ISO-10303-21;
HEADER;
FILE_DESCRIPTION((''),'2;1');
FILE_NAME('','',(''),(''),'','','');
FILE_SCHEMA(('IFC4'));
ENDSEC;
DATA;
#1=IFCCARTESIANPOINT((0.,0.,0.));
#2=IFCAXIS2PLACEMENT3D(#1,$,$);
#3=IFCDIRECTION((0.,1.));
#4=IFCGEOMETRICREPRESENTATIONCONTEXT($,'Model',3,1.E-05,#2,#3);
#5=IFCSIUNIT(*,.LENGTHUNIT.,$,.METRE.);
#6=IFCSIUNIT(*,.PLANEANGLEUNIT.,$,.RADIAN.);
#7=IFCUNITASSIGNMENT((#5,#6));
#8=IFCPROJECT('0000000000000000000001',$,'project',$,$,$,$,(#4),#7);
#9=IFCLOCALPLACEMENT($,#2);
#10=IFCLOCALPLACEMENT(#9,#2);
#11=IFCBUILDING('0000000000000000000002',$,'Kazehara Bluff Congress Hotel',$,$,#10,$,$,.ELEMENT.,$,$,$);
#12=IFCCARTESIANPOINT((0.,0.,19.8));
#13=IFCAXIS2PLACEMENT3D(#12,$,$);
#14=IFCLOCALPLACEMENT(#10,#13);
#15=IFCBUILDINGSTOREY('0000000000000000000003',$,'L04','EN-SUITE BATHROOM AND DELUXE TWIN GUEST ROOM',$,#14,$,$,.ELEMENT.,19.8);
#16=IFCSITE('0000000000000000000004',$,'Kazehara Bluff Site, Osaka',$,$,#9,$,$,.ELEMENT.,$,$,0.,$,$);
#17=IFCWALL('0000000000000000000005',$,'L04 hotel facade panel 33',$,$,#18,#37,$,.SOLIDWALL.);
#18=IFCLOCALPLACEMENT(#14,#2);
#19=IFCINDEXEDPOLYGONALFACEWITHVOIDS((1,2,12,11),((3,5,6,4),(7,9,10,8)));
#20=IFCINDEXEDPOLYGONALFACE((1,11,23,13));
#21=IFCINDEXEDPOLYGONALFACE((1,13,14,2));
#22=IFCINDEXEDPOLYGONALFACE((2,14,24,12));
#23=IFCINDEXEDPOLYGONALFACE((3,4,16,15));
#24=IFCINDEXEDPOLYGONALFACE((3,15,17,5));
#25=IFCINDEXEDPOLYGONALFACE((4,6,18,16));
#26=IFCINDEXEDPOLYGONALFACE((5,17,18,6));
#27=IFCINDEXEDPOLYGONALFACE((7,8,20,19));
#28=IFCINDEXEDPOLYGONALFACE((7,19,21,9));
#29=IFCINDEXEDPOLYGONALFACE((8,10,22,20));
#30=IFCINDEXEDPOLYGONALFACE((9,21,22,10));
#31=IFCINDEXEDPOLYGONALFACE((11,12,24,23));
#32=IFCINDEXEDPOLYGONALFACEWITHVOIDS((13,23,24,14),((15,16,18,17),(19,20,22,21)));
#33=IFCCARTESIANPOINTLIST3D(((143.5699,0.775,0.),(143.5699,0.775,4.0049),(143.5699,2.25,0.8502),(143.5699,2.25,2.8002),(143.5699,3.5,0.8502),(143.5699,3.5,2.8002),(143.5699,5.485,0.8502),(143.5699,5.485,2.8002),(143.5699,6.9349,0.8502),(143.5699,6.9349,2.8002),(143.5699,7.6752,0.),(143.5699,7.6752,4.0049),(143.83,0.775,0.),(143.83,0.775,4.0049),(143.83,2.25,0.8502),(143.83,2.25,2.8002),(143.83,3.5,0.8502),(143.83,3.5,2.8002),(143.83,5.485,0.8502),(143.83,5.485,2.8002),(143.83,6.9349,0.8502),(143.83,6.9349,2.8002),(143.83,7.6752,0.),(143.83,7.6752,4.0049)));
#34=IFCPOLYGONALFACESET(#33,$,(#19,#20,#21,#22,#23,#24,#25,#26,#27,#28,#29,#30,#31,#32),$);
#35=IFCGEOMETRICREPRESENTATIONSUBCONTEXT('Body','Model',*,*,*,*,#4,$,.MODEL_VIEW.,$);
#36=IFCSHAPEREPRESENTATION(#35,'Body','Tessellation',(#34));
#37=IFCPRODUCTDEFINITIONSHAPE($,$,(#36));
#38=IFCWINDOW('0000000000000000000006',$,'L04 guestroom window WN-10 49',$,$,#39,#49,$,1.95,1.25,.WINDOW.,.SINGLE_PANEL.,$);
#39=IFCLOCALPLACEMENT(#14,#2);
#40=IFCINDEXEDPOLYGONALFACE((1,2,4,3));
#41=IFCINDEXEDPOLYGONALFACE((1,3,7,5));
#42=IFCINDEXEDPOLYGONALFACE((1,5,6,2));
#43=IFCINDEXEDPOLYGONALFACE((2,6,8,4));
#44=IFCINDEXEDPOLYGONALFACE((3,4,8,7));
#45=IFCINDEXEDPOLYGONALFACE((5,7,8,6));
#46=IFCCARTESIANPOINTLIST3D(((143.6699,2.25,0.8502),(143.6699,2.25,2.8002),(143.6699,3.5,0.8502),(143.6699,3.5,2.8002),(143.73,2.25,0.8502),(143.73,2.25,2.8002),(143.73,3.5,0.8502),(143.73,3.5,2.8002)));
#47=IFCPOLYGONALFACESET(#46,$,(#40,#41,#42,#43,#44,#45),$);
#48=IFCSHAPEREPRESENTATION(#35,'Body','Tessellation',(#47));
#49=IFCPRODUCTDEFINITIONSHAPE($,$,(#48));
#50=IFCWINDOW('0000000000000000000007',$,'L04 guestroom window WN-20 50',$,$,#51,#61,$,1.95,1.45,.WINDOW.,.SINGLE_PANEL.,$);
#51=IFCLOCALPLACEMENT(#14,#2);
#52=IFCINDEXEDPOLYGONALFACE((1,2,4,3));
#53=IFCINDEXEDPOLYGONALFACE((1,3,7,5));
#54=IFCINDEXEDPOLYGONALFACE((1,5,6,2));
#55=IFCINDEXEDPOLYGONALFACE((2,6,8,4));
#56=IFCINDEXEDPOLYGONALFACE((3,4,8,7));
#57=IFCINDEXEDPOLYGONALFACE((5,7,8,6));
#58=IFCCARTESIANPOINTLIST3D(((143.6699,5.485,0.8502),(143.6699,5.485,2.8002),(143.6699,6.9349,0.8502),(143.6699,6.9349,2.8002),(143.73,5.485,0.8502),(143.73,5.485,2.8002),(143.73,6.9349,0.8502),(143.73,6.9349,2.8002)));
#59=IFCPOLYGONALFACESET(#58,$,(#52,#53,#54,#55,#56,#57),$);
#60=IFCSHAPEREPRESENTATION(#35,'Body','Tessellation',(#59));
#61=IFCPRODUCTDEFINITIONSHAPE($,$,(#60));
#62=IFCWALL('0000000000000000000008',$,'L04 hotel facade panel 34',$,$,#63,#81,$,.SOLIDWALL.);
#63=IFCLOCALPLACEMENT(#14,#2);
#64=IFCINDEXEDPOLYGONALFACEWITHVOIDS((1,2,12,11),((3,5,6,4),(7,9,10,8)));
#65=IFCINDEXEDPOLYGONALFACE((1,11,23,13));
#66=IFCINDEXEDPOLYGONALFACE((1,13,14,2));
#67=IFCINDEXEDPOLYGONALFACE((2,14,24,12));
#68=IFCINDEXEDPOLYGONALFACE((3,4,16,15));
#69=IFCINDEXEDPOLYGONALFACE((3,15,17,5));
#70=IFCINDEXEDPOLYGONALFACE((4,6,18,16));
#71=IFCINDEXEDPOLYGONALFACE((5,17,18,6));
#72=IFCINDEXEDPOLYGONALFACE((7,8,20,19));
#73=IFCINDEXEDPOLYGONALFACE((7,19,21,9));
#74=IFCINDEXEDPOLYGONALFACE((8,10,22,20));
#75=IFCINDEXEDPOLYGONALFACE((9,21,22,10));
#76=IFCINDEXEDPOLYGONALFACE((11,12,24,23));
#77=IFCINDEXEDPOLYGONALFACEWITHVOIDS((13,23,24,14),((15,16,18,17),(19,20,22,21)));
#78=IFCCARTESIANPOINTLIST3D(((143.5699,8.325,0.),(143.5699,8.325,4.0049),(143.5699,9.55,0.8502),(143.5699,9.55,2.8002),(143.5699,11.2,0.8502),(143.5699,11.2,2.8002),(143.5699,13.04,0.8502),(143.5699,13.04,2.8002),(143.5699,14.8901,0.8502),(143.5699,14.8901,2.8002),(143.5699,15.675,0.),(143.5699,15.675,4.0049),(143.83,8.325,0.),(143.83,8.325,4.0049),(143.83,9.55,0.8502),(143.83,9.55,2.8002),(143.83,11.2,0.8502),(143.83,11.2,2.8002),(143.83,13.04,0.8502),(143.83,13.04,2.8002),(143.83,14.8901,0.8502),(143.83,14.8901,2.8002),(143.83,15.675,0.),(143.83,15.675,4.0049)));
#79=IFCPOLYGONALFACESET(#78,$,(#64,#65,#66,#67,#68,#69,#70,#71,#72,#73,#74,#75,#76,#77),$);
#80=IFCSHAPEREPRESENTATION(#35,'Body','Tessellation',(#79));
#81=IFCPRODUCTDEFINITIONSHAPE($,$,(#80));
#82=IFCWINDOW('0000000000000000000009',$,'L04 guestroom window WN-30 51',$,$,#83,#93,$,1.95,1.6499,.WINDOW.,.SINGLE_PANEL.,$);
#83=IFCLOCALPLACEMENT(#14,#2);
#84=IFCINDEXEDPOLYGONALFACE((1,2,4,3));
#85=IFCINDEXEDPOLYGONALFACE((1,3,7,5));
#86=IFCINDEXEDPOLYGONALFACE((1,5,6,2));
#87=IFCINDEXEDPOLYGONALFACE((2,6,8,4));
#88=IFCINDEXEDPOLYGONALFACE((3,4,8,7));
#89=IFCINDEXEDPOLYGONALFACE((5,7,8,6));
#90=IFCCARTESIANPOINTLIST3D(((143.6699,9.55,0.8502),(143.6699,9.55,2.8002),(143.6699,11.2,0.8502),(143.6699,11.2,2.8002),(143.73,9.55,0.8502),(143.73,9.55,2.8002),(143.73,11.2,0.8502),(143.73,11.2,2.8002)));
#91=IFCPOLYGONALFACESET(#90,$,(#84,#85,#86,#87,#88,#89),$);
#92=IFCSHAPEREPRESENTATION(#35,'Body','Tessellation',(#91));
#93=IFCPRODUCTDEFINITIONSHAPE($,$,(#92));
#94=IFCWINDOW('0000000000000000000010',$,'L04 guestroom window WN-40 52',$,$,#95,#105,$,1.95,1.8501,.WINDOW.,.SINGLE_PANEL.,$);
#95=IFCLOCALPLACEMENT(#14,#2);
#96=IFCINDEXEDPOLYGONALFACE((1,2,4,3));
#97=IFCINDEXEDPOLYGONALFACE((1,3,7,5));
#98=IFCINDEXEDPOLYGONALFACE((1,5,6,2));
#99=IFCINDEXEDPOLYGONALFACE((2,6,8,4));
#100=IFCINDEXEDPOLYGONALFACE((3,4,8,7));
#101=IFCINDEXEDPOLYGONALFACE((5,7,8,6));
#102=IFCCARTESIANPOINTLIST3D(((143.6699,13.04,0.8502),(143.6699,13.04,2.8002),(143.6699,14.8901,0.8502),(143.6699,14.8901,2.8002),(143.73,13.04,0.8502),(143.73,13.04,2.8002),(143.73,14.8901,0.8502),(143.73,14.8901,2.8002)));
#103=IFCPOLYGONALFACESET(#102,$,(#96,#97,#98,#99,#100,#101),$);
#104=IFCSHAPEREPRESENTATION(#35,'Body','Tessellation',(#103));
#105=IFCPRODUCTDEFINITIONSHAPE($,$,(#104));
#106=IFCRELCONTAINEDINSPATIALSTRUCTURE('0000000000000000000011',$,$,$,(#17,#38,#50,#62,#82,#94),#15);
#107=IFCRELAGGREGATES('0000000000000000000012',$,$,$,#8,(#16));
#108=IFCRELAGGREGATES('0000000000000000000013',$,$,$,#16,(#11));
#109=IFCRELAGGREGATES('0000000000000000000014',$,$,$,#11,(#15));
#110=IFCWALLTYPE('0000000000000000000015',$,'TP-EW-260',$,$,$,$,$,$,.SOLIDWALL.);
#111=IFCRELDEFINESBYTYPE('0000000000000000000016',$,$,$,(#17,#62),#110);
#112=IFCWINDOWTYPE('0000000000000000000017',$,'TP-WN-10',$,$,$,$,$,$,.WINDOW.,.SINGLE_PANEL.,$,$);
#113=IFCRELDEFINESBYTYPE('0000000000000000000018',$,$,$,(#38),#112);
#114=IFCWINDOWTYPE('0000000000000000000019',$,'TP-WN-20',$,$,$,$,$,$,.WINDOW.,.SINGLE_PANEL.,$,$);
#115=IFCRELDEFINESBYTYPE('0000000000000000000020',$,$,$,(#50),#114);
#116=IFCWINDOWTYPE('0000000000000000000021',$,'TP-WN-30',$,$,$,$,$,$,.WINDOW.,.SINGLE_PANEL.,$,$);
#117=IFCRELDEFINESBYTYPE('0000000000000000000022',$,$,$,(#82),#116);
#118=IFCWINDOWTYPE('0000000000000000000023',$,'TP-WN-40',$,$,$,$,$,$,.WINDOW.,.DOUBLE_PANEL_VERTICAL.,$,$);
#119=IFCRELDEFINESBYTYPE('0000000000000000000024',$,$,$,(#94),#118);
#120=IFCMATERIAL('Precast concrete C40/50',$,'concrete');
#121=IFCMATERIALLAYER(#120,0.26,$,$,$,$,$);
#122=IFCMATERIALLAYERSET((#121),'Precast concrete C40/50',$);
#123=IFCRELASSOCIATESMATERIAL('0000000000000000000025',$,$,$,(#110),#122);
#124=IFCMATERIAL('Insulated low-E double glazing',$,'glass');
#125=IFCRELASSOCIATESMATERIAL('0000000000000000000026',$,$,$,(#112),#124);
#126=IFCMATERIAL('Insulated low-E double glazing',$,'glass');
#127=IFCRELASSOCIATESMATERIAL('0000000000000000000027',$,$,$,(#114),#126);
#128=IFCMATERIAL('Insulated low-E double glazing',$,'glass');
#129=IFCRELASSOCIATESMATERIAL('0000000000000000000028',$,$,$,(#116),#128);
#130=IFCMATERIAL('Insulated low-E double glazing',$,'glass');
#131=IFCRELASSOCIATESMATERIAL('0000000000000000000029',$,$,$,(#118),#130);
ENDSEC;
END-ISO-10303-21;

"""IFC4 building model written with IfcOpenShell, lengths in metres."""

from ifc_helpers import new_model, si_unit, direction, frame, frame_2d, origin, place, context, subcontext, project, spatial, rectangle, extrude, material, layer, layer_set, type_object, element, fill, save


model = new_model("IFC4")

# Units and contexts
model_context = context("Model", 3, precision=1e-05, world=origin(), true_north=direction((0.0, 1.0)))
body_context = subcontext(model_context, "Body", "Model", "MODEL_VIEW")
ifc_project = project(units=[si_unit("LENGTHUNIT", "METRE"), si_unit("PLANEANGLEUNIT", "RADIAN")], contexts=[model_context])

# Site, building, storey
site_placement = place(None, origin())
site = spatial("IfcSite", under=ifc_project, at=site_placement, Name="Kazehara Bluff Site, Osaka", CompositionType="ELEMENT", RefElevation=0.0)
building_placement = place(site_placement, origin())
building = spatial("IfcBuilding", under=site, at=building_placement, Name="Kazehara Bluff Congress Hotel", CompositionType="ELEMENT")
storey_placement = place(building_placement, frame((0.0, 0.0, 19.8)))
storey = spatial("IfcBuildingStorey", under=building, at=storey_placement, Name="L04", Description="EN-SUITE BATHROOM AND DELUXE TWIN GUEST ROOM", CompositionType="ELEMENT", Elevation=19.8)

# Walls, openings, windows
ifc_material_1 = material(Name="Precast concrete C40/50", Category="concrete")
ifc_layer_1 = layer(ifc_material_1, 0.26)
ifc_layer_set_1 = layer_set([ifc_layer_1], Name="Precast concrete C40/50")
wall_type_1 = type_object("IfcWallType", Name="TP-EW-260", PredefinedType="SOLIDWALL", material=ifc_layer_set_1)
wall_1_placement = place(storey_placement, frame((143.7, 0.7749, 0.0), z_axis=(0.0, 0.0, 1.0), x_axis=(0.0, 1.0, 0.0)))
wall_1 = element("IfcWall", 1, at=wall_1_placement, inside=storey, type_object=wall_type_1, Name="L04 hotel facade panel 33", PredefinedType="SOLIDWALL", context=body_context, shape_type="SweptSolid", body=[
    extrude(rectangle(XDim=6.9001, YDim=0.26, at=frame_2d((3.4502, 0.0))), origin(), (0.0, 0.0, 1.0), 4.0049),
])
opening_1_placement = place(wall_1_placement, frame((1.4751, 0.0, 0.8501)))
opening_1 = element("IfcOpeningElement", 2, at=opening_1_placement, cuts=wall_1, PredefinedType="OPENING", context=body_context, shape_type="SweptSolid", body=[
    extrude(rectangle(XDim=1.25, YDim=1.95, at=frame_2d((0.625, 0.9751))), frame((0.0, 0.1399, 0.0), z_axis=(0.0, -1.0, 0.0), x_axis=(1.0, 0.0, 0.0)), (0.0, 0.0, 1.0), 0.28),
])
opening_2_placement = place(wall_1_placement, frame((4.71, 0.0, 0.8501)))
opening_2 = element("IfcOpeningElement", 3, at=opening_2_placement, cuts=wall_1, PredefinedType="OPENING", context=body_context, shape_type="SweptSolid", body=[
    extrude(rectangle(XDim=1.45, YDim=1.95, at=frame_2d((0.7251, 0.9751))), frame((0.0, 0.1399, 0.0), z_axis=(0.0, -1.0, 0.0), x_axis=(1.0, 0.0, 0.0)), (0.0, 0.0, 1.0), 0.28),
])
ifc_material_2 = material(Name="Insulated low-E double glazing", Category="glass")
window_type_1 = type_object("IfcWindowType", Name="TP-WN-10", PartitioningType="SINGLE_PANEL", PredefinedType="WINDOW", material=ifc_material_2)
window_1_placement = place(opening_1_placement, origin())
window_1 = element("IfcWindow", 4, at=window_1_placement, inside=storey, type_object=window_type_1, Name="L04 guestroom window WN-10 49", OverallHeight=1.95, OverallWidth=1.25, PartitioningType="SINGLE_PANEL", PredefinedType="WINDOW", context=body_context, shape_type="SweptSolid", body=[
    extrude(rectangle(XDim=1.25, YDim=1.95, at=frame_2d((0.625, 0.9751))), frame((0.0, 0.03, 0.0), z_axis=(0.0, -1.0, 0.0), x_axis=(1.0, 0.0, 0.0)), (0.0, 0.0, 1.0), 0.0601),
])
fill(opening_1, window_1)
ifc_material_3 = material(Name="Insulated low-E double glazing", Category="glass")
window_type_2 = type_object("IfcWindowType", Name="TP-WN-20", PartitioningType="SINGLE_PANEL", PredefinedType="WINDOW", material=ifc_material_3)
window_2_placement = place(opening_2_placement, origin())
window_2 = element("IfcWindow", 5, at=window_2_placement, inside=storey, type_object=window_type_2, Name="L04 guestroom window WN-20 50", OverallHeight=1.95, OverallWidth=1.45, PartitioningType="SINGLE_PANEL", PredefinedType="WINDOW", context=body_context, shape_type="SweptSolid", body=[
    extrude(rectangle(XDim=1.45, YDim=1.95, at=frame_2d((0.7251, 0.9751))), frame((0.0, 0.03, 0.0), z_axis=(0.0, -1.0, 0.0), x_axis=(1.0, 0.0, 0.0)), (0.0, 0.0, 1.0), 0.0601),
])
fill(opening_2, window_2)
wall_2_placement = place(storey_placement, frame((143.7, 8.325, 0.0), z_axis=(0.0, 0.0, 1.0), x_axis=(0.0, 1.0, 0.0)))
wall_2 = element("IfcWall", 6, at=wall_2_placement, inside=storey, type_object=wall_type_1, Name="L04 hotel facade panel 34", PredefinedType="SOLIDWALL", context=body_context, shape_type="SweptSolid", body=[
    extrude(rectangle(XDim=7.3501, YDim=0.26, at=frame_2d((3.675, 0.0))), origin(), (0.0, 0.0, 1.0), 4.0049),
])
opening_3_placement = place(wall_2_placement, frame((1.2251, 0.0, 0.8501)))
opening_3 = element("IfcOpeningElement", 7, at=opening_3_placement, cuts=wall_2, PredefinedType="OPENING", context=body_context, shape_type="SweptSolid", body=[
    extrude(rectangle(XDim=1.6499, YDim=1.95, at=frame_2d((0.825, 0.9751))), frame((0.0, 0.1399, 0.0), z_axis=(0.0, -1.0, 0.0), x_axis=(1.0, 0.0, 0.0)), (0.0, 0.0, 1.0), 0.28),
])
opening_4_placement = place(wall_2_placement, frame((4.7151, 0.0, 0.8501)))
opening_4 = element("IfcOpeningElement", 8, at=opening_4_placement, cuts=wall_2, PredefinedType="OPENING", context=body_context, shape_type="SweptSolid", body=[
    extrude(rectangle(XDim=1.8501, YDim=1.95, at=frame_2d((0.925, 0.9751))), frame((0.0, 0.1399, 0.0), z_axis=(0.0, -1.0, 0.0), x_axis=(1.0, 0.0, 0.0)), (0.0, 0.0, 1.0), 0.28),
])
ifc_material_4 = material(Name="Insulated low-E double glazing", Category="glass")
window_type_3 = type_object("IfcWindowType", Name="TP-WN-30", PartitioningType="SINGLE_PANEL", PredefinedType="WINDOW", material=ifc_material_4)
window_3_placement = place(opening_3_placement, origin())
window_3 = element("IfcWindow", 9, at=window_3_placement, inside=storey, type_object=window_type_3, Name="L04 guestroom window WN-30 51", OverallHeight=1.95, OverallWidth=1.6499, PartitioningType="SINGLE_PANEL", PredefinedType="WINDOW", context=body_context, shape_type="SweptSolid", body=[
    extrude(rectangle(XDim=1.6499, YDim=1.95, at=frame_2d((0.825, 0.9751))), frame((0.0, 0.03, 0.0), z_axis=(0.0, -1.0, 0.0), x_axis=(1.0, 0.0, 0.0)), (0.0, 0.0, 1.0), 0.0601),
])
fill(opening_3, window_3)
ifc_material_5 = material(Name="Insulated low-E double glazing", Category="glass")
window_type_4 = type_object("IfcWindowType", Name="TP-WN-40", PartitioningType="DOUBLE_PANEL_VERTICAL", PredefinedType="WINDOW", material=ifc_material_5)
window_4_placement = place(opening_4_placement, origin())
window_4 = element("IfcWindow", 10, at=window_4_placement, inside=storey, type_object=window_type_4, Name="L04 guestroom window WN-40 52", OverallHeight=1.95, OverallWidth=1.8501, PartitioningType="SINGLE_PANEL", PredefinedType="WINDOW", context=body_context, shape_type="SweptSolid", body=[
    extrude(rectangle(XDim=1.8501, YDim=1.95, at=frame_2d((0.925, 0.9751))), frame((0.0, 0.03, 0.0), z_axis=(0.0, -1.0, 0.0), x_axis=(1.0, 0.0, 0.0)), (0.0, 0.0, 1.0), 0.0601),
])
fill(opening_4, window_4)

save(model, "model.ifc")
